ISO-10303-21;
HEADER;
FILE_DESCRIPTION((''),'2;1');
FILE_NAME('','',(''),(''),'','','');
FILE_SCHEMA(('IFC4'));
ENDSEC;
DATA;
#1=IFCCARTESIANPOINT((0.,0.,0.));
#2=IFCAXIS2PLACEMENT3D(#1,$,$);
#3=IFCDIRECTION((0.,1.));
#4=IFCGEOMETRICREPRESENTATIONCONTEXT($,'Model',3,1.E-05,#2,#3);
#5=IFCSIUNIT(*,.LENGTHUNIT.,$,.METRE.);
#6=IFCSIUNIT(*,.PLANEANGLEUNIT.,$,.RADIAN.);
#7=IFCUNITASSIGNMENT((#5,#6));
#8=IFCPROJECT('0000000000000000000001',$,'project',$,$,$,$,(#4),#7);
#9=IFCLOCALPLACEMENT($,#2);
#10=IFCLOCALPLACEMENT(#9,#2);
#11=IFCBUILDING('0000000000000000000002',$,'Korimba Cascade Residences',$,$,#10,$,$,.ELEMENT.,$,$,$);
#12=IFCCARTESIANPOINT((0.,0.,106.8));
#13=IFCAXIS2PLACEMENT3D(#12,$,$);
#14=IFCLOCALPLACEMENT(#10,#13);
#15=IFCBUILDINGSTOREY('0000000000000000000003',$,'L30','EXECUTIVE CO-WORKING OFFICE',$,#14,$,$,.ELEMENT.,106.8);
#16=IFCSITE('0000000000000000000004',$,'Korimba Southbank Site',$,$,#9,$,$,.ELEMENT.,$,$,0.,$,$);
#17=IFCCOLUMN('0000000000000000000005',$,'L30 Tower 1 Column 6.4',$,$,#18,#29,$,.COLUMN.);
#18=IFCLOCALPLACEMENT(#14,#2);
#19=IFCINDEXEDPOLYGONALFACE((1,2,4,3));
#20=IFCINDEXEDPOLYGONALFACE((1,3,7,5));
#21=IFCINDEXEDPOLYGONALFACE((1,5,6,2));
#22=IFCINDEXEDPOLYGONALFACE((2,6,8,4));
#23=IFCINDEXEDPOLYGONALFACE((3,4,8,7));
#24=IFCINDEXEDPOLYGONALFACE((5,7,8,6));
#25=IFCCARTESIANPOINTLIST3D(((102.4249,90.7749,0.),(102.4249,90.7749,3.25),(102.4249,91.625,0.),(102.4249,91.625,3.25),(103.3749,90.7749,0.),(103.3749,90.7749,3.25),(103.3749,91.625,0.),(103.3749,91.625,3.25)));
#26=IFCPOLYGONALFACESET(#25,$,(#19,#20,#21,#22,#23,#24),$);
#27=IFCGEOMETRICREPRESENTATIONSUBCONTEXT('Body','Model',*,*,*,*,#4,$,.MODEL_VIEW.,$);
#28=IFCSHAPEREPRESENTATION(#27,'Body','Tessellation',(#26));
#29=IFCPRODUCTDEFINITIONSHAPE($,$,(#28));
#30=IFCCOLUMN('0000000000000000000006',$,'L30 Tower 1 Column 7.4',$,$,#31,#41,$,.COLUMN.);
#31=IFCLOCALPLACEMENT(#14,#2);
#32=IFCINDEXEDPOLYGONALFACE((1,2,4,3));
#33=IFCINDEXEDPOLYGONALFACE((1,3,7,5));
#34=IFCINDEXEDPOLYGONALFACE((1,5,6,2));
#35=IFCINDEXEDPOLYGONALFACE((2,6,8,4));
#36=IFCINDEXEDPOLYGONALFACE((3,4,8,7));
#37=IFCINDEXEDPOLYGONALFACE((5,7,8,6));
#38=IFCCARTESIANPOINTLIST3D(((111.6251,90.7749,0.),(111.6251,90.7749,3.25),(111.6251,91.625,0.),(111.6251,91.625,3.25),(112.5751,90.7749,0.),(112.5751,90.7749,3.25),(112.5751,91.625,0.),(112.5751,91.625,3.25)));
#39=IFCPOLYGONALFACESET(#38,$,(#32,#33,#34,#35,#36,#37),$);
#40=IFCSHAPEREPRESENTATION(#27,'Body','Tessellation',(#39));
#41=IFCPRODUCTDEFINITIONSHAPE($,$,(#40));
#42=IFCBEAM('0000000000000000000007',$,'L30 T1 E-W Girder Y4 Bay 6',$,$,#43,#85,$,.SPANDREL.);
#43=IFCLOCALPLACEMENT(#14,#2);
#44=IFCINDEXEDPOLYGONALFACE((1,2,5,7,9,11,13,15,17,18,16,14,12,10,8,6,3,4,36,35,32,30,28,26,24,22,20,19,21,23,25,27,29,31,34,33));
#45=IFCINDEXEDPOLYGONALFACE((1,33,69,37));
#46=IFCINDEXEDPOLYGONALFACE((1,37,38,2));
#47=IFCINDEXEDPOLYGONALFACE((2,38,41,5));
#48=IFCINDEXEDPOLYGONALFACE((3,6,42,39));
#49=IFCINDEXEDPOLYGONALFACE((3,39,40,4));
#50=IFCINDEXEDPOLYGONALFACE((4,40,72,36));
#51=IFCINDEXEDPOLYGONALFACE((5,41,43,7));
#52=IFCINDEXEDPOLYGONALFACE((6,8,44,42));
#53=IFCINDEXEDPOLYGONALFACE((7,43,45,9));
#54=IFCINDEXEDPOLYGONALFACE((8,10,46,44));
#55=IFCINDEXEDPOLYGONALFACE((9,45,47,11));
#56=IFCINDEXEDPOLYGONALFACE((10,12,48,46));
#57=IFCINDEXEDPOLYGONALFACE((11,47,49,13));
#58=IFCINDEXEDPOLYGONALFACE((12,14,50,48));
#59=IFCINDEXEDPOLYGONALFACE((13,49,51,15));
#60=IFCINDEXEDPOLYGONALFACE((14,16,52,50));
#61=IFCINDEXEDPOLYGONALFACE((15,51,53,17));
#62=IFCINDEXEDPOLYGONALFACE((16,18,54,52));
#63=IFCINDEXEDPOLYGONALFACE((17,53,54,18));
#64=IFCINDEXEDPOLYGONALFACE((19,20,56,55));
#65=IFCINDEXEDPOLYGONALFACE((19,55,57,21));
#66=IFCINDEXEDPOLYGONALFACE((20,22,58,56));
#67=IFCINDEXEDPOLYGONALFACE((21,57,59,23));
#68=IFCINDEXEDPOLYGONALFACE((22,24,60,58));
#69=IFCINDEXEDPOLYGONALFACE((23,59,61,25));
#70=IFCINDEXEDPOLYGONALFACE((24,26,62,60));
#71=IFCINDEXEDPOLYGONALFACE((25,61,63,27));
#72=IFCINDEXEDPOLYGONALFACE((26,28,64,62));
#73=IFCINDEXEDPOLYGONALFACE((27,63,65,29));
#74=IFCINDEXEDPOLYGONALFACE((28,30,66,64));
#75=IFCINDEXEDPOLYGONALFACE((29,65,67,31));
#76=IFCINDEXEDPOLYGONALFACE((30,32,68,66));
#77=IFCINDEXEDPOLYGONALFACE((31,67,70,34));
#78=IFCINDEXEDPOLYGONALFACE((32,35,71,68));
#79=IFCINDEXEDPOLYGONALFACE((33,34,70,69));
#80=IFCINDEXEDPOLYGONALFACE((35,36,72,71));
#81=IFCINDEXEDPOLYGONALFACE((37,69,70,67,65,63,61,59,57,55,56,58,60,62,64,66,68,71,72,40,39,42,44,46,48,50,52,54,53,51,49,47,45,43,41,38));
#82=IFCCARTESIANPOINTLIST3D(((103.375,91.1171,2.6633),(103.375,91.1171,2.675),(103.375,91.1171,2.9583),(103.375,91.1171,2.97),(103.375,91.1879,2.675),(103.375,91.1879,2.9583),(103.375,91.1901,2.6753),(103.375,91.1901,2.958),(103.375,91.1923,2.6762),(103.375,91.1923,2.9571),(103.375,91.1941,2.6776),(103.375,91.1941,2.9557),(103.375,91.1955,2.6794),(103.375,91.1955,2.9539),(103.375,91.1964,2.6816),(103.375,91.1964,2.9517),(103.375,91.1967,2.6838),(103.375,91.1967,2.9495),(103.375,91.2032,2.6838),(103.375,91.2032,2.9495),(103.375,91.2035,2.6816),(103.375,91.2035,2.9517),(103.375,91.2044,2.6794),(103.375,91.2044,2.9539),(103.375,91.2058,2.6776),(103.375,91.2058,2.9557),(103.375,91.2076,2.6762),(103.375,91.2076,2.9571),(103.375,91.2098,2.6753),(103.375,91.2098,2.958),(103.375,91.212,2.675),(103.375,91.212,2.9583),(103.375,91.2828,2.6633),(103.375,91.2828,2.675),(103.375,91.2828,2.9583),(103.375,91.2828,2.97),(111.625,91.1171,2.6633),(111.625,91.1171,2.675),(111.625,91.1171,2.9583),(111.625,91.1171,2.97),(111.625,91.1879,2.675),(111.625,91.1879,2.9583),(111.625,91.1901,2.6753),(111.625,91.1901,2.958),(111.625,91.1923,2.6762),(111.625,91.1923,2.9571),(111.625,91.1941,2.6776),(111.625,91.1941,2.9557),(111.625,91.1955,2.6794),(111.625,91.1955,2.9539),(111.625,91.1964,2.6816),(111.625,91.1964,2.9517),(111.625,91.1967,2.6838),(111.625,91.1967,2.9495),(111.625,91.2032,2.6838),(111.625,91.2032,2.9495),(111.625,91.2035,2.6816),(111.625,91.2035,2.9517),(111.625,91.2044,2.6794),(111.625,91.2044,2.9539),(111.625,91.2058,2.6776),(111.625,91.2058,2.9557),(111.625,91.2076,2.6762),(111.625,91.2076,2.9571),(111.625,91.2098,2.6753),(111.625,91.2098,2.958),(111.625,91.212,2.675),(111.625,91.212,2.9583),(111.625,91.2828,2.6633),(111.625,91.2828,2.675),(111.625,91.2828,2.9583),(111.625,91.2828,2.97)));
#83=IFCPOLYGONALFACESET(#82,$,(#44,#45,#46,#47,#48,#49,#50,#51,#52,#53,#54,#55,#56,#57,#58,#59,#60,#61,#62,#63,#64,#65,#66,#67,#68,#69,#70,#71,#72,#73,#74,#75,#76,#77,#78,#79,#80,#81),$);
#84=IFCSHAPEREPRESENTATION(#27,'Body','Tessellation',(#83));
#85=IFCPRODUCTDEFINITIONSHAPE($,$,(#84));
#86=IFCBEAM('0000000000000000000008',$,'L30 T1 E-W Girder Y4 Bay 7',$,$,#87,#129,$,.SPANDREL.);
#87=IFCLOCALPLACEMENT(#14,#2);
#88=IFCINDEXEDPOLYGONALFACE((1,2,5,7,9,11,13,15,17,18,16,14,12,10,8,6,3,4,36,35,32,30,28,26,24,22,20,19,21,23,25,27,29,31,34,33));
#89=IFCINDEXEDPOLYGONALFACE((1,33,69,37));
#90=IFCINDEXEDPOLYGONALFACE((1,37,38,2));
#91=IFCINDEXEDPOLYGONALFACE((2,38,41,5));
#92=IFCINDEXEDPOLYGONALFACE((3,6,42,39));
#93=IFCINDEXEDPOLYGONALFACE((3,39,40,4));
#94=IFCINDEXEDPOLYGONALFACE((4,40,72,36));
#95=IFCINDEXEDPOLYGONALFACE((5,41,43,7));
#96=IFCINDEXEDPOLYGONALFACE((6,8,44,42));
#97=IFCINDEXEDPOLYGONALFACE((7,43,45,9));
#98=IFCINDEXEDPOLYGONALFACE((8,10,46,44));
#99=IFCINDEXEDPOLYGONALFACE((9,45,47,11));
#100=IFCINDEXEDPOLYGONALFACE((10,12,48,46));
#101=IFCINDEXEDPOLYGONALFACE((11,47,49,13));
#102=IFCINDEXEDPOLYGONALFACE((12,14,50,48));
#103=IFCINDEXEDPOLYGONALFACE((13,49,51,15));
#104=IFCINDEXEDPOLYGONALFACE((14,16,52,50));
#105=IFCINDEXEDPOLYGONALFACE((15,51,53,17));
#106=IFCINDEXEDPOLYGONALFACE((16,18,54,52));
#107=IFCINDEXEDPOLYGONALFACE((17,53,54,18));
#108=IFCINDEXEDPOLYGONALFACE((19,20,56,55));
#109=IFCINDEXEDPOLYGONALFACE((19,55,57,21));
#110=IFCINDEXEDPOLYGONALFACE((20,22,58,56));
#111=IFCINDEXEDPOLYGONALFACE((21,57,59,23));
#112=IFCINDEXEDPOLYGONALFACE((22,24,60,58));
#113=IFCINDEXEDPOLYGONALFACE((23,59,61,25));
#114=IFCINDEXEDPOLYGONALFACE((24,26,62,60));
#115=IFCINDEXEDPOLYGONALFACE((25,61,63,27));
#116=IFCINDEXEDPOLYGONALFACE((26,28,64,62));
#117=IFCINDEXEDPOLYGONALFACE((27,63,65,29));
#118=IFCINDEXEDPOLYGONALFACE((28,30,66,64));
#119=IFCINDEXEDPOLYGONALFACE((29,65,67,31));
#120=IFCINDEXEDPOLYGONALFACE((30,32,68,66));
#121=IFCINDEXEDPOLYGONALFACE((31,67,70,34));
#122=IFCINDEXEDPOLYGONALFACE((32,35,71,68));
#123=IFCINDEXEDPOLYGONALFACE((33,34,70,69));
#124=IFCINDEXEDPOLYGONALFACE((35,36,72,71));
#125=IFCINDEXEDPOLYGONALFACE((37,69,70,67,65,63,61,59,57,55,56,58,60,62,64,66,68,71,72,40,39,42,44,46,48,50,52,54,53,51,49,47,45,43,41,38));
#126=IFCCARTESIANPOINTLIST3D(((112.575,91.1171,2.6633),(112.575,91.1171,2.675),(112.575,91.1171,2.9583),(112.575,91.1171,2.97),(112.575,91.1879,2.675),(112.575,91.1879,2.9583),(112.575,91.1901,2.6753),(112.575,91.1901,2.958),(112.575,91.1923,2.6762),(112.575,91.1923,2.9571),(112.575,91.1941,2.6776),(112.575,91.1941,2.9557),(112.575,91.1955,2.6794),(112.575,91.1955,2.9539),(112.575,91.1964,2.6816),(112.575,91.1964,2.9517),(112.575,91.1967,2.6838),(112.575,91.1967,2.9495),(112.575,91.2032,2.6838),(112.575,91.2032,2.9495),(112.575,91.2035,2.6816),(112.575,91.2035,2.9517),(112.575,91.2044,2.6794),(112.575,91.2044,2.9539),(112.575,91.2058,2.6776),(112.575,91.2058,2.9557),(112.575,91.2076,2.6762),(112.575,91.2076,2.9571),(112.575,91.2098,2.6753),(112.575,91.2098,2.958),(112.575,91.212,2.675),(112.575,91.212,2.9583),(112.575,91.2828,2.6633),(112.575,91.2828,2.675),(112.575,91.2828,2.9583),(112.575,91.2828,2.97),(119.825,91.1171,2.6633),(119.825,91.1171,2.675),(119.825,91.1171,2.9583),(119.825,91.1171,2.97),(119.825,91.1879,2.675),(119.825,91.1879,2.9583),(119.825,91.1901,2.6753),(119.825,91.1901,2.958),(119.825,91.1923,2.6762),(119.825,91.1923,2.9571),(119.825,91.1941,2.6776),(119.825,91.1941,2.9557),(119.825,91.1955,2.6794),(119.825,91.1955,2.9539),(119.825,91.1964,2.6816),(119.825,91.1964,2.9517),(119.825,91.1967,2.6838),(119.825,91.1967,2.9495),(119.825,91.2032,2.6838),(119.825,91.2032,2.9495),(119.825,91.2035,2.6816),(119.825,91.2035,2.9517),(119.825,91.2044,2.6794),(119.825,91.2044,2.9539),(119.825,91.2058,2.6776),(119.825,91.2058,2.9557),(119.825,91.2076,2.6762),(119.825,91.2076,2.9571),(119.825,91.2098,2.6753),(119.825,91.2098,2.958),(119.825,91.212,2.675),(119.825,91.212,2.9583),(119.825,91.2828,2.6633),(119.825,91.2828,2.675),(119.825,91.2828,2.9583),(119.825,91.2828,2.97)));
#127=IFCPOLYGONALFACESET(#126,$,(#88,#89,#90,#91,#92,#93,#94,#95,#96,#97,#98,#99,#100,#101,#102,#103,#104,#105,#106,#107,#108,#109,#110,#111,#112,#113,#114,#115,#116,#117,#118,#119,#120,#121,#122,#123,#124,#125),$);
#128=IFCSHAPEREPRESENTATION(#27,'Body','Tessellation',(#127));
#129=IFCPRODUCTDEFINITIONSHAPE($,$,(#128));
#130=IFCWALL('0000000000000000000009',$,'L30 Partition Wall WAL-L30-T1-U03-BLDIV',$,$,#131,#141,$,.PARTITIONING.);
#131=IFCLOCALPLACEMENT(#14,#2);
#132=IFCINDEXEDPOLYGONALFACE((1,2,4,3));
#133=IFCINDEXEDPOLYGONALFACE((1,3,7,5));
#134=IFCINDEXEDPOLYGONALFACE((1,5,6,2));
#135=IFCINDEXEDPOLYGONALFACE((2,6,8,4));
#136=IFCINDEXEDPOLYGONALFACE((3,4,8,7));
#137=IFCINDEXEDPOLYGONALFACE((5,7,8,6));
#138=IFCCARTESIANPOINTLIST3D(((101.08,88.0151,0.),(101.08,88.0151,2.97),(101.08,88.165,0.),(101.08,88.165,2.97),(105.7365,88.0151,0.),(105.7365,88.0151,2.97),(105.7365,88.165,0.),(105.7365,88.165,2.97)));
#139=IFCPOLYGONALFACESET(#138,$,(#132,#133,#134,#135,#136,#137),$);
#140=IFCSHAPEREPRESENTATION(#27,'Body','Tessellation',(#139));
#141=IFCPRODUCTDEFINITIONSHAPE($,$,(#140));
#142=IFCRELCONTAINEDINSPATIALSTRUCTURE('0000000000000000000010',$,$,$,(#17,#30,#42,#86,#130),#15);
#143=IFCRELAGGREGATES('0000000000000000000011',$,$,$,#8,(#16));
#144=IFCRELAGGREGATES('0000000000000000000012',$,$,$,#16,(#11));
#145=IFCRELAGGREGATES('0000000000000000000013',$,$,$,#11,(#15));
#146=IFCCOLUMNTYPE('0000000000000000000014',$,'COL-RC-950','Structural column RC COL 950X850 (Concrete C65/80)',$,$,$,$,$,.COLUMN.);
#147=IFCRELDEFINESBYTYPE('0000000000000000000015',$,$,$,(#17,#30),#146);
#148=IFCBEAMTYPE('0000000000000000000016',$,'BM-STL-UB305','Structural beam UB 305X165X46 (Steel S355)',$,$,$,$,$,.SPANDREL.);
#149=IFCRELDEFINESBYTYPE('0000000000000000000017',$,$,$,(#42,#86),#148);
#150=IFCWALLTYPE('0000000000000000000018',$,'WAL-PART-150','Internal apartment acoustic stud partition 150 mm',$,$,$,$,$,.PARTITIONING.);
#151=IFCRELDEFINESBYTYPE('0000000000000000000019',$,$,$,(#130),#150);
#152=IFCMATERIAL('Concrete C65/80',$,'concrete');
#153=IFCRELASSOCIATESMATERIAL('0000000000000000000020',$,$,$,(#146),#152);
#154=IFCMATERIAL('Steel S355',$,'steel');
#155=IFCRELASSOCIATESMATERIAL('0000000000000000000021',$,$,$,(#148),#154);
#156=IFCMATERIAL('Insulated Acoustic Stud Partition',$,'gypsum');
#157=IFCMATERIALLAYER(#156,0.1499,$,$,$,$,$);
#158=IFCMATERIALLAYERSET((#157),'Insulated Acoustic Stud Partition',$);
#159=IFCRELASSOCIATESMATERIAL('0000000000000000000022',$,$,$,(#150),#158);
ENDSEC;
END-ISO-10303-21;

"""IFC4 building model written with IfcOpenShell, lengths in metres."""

from ifc_helpers import new_model, si_unit, direction, frame, frame_2d, origin, origin_2d, place, context, subcontext, project, spatial, rectangle, i_section, extrude, material, layer, layer_set, material_profile, profile_set, type_object, element, save


model = new_model("IFC4")

# Units and contexts
model_context = context("Model", 3, precision=1e-05, world=origin(), true_north=direction((0.0, 1.0)))
body_context = subcontext(model_context, "Body", "Model", "MODEL_VIEW")
ifc_project = project(units=[si_unit("LENGTHUNIT", "METRE"), si_unit("PLANEANGLEUNIT", "RADIAN")], contexts=[model_context])

# Site, building, storey
site_placement = place(None, origin())
site = spatial("IfcSite", under=ifc_project, at=site_placement, Name="Korimba Southbank Site", CompositionType="ELEMENT", RefElevation=0.0)
building_placement = place(site_placement, origin())
building = spatial("IfcBuilding", under=site, at=building_placement, Name="Korimba Cascade Residences", CompositionType="ELEMENT")
storey_placement = place(building_placement, frame((0.0, 0.0, 106.8)))
storey = spatial("IfcBuildingStorey", under=building, at=storey_placement, Name="L30", Description="EXECUTIVE CO-WORKING OFFICE", CompositionType="ELEMENT", Elevation=106.8)

# Columns
ifc_material_1 = material(Name="Concrete C65/80", Category="concrete")
ifc_material_profile_1 = material_profile(ifc_material_1, rectangle(XDim=0.95, YDim=0.8501, at=origin_2d()), Name="Concrete C65/80")
ifc_profile_set_1 = profile_set([ifc_material_profile_1], Name="Concrete C65/80")
column_type = type_object("IfcColumnType", Name="COL-RC-950", Description="Structural column RC COL 950X850 (Concrete C65/80)", PredefinedType="COLUMN", material=ifc_profile_set_1)
for number, where, z_axis, x_axis, name in (
    (1, (102.8999, 91.2, 0.0), (0.0, 0.0, 1.0), (1.0, 0.0, 0.0), "L30 Tower 1 Column 6.4"),
    (2, (112.1001, 91.2, 0.0), (0.0, 0.0, 1.0), (1.0, 0.0, 0.0), "L30 Tower 1 Column 7.4"),
):
    element("IfcColumn", number, at=place(storey_placement, frame(where, z_axis=z_axis, x_axis=x_axis)), inside=storey, type_object=column_type, Name=name, PredefinedType="COLUMN", context=body_context, shape_type="SweptSolid", body=[
        extrude(rectangle(XDim=0.95, YDim=0.8501, at=origin_2d()), origin(), (0.0, 0.0, 1.0), 3.25),
    ])

# Beams
ifc_material_2 = material(Name="Steel S355", Category="steel")
ifc_material_profile_2 = material_profile(ifc_material_2, i_section(OverallWidth=0.1658, OverallDepth=0.3066, WebThickness=0.0066, FlangeThickness=0.0117, FilletRadius=0.0088, at=origin_2d()), Name="Steel S355")
ifc_profile_set_2 = profile_set([ifc_material_profile_2], Name="Steel S355")
beam_type = type_object("IfcBeamType", Name="BM-STL-UB305", Description="Structural beam UB 305X165X46 (Steel S355)", PredefinedType="SPANDREL", material=ifc_profile_set_2)
beam_1_placement = place(storey_placement, frame((103.375, 91.2, 2.8167), z_axis=(1.0, 0.0, 0.0), x_axis=(0.0, 1.0, 0.0)))
element("IfcBeam", 3, at=beam_1_placement, inside=storey, type_object=beam_type, Name="L30 T1 E-W Girder Y4 Bay 6", PredefinedType="SPANDREL", context=body_context, shape_type="SweptSolid", body=[
    extrude(i_section(OverallWidth=0.1658, OverallDepth=0.3066, WebThickness=0.0066, FlangeThickness=0.0117, FilletRadius=0.0088, at=origin_2d()), origin(), (0.0, 0.0, 1.0), 8.25),
])
beam_2_placement = place(storey_placement, frame((112.575, 91.2, 2.8167), z_axis=(1.0, 0.0, 0.0), x_axis=(0.0, 1.0, 0.0)))
element("IfcBeam", 4, at=beam_2_placement, inside=storey, type_object=beam_type, Name="L30 T1 E-W Girder Y4 Bay 7", PredefinedType="SPANDREL", context=body_context, shape_type="SweptSolid", body=[
    extrude(i_section(OverallWidth=0.1658, OverallDepth=0.3066, WebThickness=0.0066, FlangeThickness=0.0117, FilletRadius=0.0088, at=origin_2d()), origin(), (0.0, 0.0, 1.0), 7.25),
])

# Wall
ifc_material_3 = material(Name="Insulated Acoustic Stud Partition", Category="gypsum")
ifc_layer = layer(ifc_material_3, 0.1499)
ifc_layer_set = layer_set([ifc_layer], Name="Insulated Acoustic Stud Partition")
wall_type = type_object("IfcWallType", Name="WAL-PART-150", Description="Internal apartment acoustic stud partition 150 mm", PredefinedType="PARTITIONING", material=ifc_layer_set)
wall_1_placement = place(storey_placement, frame((101.0801, 88.0901, 0.0), z_axis=(0.0, 0.0, 1.0), x_axis=(1.0, 0.0, 0.0)))
element("IfcWall", 5, at=wall_1_placement, inside=storey, type_object=wall_type, Name="L30 Partition Wall WAL-L30-T1-U03-BLDIV", PredefinedType="PARTITIONING", context=body_context, shape_type="SweptSolid", body=[
    extrude(rectangle(XDim=4.6565, YDim=0.1499, at=frame_2d((2.3281, 0.0))), origin(), (0.0, 0.0, 1.0), 2.97),
])

save(model, "model.ifc")
